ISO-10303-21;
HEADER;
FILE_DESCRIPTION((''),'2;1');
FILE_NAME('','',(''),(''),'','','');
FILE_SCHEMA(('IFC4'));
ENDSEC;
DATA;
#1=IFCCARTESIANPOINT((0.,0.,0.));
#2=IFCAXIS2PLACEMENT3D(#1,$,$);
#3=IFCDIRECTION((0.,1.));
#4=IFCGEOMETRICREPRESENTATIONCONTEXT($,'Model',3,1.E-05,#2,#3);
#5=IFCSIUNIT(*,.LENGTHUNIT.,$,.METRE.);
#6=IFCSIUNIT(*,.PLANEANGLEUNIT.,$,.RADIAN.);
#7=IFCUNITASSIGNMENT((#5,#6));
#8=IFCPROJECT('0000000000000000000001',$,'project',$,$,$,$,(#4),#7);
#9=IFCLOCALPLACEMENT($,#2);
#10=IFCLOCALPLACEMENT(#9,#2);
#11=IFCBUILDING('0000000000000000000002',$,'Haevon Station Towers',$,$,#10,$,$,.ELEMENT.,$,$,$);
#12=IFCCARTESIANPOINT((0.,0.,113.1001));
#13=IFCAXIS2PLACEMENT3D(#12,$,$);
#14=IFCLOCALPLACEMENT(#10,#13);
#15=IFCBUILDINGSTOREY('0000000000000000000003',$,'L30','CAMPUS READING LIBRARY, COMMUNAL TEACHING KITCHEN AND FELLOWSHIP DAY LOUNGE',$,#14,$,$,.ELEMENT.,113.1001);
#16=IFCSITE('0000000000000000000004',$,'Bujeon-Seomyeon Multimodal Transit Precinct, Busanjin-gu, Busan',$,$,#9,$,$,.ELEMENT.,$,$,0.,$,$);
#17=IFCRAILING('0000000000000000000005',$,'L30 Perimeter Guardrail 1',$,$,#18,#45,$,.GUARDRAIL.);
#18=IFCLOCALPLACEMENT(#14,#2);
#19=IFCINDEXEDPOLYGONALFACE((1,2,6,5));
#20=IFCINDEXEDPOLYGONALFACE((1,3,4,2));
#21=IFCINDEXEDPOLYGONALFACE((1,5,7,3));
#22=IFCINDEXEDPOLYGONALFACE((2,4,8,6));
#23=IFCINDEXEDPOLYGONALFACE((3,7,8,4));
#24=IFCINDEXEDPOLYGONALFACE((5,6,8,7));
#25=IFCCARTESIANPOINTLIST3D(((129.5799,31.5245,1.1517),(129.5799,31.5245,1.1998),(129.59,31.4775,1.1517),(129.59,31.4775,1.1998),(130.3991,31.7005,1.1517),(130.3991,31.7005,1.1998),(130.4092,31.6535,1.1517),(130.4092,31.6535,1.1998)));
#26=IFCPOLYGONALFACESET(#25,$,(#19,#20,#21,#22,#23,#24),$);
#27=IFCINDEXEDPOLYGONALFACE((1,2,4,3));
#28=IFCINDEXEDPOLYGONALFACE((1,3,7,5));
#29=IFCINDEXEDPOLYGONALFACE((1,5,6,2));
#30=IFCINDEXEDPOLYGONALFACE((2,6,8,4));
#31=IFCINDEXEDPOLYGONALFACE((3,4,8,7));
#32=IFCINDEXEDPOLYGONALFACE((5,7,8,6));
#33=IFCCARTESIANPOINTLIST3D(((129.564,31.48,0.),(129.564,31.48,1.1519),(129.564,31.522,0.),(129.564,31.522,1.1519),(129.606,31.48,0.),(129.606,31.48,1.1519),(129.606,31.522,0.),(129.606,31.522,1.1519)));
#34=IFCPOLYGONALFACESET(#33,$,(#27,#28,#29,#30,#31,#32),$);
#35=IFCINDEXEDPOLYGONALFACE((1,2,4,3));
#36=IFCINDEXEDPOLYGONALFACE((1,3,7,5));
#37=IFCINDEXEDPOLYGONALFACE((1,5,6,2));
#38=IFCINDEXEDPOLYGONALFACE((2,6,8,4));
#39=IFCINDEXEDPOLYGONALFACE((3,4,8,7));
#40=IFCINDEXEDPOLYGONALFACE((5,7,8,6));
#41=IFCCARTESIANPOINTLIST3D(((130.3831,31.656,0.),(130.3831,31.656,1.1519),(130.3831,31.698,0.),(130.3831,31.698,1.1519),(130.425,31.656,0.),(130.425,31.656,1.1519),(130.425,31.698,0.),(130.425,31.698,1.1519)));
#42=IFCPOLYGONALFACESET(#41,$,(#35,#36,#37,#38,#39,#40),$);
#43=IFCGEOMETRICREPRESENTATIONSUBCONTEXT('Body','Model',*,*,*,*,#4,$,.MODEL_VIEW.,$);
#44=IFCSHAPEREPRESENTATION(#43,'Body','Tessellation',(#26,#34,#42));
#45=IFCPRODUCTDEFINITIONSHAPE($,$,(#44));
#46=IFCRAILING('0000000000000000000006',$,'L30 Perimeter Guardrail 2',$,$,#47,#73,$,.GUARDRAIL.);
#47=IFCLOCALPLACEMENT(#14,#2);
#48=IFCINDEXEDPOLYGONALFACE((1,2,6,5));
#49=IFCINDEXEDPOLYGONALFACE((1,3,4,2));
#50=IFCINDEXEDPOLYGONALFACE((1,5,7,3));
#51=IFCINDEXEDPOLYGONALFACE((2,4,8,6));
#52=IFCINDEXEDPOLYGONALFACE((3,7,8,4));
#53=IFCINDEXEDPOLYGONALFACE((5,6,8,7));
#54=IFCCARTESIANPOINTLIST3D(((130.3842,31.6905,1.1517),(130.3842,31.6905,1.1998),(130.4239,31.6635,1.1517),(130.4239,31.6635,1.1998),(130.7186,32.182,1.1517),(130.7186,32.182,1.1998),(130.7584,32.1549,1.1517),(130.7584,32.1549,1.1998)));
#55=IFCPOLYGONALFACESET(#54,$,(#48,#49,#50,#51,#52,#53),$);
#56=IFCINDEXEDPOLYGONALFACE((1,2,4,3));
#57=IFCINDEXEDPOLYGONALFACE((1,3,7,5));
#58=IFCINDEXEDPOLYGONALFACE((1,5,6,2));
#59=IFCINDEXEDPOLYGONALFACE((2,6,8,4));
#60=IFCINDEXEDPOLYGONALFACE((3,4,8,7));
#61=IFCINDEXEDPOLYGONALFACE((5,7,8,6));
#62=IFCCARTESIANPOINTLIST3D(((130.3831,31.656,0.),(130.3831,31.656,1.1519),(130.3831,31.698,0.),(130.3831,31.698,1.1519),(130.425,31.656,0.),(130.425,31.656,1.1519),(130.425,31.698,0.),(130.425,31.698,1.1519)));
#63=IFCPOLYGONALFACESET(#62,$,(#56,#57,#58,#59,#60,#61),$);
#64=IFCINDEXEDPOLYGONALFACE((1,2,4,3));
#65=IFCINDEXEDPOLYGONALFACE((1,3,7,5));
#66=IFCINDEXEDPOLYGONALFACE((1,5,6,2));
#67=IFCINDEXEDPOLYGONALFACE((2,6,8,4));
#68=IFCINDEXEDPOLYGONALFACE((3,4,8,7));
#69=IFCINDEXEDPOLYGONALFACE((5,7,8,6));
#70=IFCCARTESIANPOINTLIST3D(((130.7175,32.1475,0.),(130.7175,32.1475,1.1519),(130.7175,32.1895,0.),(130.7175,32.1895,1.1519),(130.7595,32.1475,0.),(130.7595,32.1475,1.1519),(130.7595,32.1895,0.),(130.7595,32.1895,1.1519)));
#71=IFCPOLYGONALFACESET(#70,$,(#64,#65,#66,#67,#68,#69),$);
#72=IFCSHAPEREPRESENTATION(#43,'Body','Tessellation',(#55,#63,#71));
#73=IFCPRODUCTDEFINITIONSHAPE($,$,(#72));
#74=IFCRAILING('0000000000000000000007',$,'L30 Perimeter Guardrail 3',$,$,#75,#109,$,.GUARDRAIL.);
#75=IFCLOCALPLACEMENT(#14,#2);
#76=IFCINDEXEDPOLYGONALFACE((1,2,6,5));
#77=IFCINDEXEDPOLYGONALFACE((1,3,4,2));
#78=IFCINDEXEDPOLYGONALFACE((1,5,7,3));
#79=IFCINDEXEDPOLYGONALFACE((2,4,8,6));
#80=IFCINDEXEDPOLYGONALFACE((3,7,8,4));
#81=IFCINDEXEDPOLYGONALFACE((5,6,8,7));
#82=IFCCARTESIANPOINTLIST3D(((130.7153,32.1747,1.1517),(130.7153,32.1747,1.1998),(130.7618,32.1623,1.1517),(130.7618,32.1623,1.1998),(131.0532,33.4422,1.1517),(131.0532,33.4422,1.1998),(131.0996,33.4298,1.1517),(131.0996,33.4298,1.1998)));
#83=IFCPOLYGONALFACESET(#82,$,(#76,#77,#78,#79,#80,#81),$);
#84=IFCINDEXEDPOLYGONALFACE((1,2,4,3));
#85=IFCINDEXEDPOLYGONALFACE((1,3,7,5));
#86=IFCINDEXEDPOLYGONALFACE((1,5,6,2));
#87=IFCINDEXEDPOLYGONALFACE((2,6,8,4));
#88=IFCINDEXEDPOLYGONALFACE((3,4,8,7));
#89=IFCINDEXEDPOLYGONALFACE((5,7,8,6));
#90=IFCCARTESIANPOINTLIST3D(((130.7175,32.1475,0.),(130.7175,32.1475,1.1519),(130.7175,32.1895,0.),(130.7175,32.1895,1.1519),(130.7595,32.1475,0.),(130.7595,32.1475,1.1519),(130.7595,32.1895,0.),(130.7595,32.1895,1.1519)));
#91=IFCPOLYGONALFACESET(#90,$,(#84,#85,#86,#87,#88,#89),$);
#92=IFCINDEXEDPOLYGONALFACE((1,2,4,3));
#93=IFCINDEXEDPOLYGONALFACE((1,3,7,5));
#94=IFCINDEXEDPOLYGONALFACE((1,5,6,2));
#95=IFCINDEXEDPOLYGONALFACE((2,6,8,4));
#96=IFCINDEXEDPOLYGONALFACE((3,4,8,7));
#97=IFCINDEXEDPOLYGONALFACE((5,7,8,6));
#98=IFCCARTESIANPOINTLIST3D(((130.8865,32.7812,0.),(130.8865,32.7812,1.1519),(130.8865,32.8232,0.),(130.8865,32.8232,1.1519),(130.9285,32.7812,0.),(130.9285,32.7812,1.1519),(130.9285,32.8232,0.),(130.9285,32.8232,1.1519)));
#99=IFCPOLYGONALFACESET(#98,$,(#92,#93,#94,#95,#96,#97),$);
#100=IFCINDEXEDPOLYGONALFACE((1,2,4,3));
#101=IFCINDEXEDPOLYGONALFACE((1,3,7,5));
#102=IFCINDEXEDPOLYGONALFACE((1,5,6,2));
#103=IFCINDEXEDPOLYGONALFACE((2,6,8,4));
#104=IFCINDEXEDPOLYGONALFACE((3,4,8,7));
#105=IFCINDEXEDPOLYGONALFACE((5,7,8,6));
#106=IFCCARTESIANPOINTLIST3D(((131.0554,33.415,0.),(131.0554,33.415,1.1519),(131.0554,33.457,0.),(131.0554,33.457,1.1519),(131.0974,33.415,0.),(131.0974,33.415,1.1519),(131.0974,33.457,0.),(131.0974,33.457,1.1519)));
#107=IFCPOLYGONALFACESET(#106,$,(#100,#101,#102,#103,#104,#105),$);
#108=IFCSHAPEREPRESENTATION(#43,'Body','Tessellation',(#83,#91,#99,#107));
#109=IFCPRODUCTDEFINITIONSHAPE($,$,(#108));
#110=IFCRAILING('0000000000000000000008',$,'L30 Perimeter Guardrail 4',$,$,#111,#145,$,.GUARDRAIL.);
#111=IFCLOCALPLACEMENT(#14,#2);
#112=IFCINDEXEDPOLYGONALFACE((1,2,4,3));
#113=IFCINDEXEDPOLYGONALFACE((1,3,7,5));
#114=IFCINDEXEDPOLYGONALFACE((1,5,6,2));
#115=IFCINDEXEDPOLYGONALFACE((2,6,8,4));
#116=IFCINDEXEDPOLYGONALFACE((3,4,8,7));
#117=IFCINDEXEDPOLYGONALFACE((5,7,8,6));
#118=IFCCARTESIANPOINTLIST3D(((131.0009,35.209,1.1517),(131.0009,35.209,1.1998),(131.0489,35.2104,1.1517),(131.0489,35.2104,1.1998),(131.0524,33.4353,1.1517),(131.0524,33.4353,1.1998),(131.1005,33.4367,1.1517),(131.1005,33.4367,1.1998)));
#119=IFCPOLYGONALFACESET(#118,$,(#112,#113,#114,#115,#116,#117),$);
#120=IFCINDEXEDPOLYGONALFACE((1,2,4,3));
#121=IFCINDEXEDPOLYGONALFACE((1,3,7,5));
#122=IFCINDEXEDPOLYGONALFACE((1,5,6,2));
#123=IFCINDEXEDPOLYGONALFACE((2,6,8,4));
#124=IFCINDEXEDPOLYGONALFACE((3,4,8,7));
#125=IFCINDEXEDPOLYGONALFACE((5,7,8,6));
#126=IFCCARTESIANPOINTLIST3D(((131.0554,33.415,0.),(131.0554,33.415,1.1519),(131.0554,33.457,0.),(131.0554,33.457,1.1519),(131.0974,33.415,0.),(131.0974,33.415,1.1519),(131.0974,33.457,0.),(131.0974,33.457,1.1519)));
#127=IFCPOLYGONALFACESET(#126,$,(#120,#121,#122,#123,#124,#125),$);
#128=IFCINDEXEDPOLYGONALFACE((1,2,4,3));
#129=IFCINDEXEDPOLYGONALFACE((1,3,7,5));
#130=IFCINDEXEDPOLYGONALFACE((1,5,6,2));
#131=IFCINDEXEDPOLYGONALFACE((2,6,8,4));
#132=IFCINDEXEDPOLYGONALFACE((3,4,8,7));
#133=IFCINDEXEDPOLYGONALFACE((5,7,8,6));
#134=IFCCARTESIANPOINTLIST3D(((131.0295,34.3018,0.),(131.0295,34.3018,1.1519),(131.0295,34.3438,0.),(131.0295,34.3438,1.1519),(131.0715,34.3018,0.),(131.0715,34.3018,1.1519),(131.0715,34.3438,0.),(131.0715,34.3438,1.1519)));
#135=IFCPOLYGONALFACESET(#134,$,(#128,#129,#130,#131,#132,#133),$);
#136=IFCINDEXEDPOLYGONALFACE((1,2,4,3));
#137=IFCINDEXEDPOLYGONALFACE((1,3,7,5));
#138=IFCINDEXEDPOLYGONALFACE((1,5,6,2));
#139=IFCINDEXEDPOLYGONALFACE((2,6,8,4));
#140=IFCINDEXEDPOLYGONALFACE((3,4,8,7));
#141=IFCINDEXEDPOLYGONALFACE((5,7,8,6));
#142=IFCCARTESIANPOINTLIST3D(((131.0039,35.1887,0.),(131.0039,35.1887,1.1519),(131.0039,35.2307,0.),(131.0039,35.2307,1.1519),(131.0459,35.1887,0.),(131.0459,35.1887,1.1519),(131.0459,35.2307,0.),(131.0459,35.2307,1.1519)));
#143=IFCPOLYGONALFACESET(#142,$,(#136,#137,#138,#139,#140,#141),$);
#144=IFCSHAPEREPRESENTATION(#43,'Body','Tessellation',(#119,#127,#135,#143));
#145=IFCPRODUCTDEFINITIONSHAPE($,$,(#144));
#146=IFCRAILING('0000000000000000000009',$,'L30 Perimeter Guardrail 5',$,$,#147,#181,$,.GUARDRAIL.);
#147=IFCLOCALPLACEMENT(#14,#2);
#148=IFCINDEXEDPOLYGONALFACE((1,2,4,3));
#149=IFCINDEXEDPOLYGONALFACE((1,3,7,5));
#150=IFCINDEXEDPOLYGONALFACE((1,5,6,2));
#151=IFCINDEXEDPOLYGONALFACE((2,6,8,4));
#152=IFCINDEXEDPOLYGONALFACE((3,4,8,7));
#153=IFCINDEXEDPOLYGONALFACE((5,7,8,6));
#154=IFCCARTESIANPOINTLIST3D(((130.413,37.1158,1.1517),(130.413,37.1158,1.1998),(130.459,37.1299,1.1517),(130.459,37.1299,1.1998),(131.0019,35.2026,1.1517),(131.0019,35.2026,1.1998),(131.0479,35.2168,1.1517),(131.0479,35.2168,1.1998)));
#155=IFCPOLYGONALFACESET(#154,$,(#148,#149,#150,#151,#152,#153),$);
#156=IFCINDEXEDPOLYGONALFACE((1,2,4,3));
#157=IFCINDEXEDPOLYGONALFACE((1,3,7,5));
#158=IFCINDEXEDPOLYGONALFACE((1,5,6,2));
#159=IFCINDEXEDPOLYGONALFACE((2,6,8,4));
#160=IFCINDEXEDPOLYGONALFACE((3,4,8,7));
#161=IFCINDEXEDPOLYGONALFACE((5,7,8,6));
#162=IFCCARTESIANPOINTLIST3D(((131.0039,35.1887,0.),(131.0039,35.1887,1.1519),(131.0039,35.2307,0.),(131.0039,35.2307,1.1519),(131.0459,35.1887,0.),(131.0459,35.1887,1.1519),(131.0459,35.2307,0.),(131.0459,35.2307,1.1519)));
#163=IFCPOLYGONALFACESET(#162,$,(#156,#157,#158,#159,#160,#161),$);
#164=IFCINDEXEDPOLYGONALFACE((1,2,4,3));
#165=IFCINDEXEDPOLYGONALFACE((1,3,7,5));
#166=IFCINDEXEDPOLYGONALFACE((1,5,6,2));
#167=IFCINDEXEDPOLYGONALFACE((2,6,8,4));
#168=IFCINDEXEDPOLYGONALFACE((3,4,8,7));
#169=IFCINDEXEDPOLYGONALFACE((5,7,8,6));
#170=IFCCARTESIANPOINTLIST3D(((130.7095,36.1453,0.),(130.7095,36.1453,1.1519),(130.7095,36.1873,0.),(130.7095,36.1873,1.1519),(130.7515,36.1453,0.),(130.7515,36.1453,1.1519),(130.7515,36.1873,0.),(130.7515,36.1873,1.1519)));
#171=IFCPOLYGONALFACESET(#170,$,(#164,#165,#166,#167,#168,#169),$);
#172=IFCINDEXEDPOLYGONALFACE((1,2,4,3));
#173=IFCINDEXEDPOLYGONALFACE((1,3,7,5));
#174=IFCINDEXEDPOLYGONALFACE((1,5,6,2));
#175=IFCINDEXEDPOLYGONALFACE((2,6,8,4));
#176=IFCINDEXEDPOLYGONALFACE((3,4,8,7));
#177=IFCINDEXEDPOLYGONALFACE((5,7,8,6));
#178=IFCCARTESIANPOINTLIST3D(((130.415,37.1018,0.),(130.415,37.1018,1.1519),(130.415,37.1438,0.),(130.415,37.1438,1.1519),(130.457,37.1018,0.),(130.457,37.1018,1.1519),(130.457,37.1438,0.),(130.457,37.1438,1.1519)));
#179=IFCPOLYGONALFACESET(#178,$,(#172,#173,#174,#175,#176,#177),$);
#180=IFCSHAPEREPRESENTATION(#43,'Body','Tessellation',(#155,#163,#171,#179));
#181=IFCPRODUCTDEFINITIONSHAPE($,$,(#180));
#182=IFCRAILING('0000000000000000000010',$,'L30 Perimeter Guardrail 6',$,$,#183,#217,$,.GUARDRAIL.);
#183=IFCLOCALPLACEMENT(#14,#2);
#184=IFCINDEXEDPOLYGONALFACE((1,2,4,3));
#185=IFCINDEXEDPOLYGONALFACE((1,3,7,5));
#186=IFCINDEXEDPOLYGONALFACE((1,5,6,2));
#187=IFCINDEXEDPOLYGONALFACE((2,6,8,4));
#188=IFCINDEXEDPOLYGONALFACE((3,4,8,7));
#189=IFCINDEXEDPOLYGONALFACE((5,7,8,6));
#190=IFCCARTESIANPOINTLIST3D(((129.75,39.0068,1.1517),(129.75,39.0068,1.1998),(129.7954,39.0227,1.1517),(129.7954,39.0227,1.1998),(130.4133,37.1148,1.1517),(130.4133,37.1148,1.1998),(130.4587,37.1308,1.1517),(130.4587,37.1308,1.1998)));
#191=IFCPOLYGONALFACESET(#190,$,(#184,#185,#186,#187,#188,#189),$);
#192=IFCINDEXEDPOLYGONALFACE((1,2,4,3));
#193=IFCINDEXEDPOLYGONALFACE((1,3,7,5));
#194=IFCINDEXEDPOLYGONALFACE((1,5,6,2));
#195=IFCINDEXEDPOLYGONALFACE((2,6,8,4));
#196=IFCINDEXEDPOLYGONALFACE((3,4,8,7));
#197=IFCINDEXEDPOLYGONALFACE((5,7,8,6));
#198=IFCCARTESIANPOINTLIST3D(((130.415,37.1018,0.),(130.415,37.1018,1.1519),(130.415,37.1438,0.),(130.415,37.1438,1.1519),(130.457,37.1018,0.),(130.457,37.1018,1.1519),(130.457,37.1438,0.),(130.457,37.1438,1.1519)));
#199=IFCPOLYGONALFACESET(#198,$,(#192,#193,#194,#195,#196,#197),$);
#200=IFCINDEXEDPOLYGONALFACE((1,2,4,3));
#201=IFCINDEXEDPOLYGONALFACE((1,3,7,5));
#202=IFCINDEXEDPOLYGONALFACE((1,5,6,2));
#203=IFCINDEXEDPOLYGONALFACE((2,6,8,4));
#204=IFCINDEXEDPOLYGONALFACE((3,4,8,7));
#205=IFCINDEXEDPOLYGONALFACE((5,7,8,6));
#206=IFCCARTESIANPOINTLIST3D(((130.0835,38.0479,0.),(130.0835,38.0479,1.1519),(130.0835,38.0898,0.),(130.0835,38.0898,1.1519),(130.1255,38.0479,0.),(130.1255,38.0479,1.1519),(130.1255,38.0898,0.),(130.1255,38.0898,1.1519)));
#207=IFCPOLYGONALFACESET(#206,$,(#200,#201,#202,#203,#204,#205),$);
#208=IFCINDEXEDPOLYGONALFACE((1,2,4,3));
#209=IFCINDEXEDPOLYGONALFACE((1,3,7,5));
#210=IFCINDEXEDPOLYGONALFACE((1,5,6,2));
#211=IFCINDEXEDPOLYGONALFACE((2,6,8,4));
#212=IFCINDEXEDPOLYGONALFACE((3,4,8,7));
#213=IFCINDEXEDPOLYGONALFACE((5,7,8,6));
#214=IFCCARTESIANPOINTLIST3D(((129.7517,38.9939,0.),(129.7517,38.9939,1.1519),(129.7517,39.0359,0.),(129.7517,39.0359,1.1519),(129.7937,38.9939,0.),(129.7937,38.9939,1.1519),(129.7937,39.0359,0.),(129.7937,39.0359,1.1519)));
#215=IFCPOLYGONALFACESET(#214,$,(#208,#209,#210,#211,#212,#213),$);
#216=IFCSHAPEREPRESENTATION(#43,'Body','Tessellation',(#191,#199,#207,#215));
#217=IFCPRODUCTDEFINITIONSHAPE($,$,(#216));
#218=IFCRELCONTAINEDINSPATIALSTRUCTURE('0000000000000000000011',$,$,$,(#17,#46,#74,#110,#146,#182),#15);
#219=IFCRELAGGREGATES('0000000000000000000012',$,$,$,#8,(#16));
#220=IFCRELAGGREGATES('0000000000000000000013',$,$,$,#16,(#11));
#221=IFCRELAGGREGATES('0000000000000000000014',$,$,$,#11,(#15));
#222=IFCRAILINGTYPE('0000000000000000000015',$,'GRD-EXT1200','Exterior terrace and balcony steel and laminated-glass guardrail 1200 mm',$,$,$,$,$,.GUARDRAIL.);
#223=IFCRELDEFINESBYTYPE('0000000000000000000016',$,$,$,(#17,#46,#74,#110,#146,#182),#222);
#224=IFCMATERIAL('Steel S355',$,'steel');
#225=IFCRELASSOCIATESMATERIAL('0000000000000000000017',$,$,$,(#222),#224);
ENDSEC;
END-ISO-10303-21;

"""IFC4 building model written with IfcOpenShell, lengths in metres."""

from ifc_helpers import new_model, si_unit, direction, frame, origin, origin_2d, place, context, subcontext, project, spatial, rectangle, extrude, material, type_object, element, save


model = new_model("IFC4")

# Units and contexts
model_context = context("Model", 3, precision=1e-05, world=origin(), true_north=direction((0.0, 1.0)))
body_context = subcontext(model_context, "Body", "Model", "MODEL_VIEW")
ifc_project = project(units=[si_unit("LENGTHUNIT", "METRE"), si_unit("PLANEANGLEUNIT", "RADIAN")], contexts=[model_context])

# Site, building, storey
site_placement = place(None, origin())
site = spatial("IfcSite", under=ifc_project, at=site_placement, Name="Bujeon-Seomyeon Multimodal Transit Precinct, Busanjin-gu, Busan", CompositionType="ELEMENT", RefElevation=0.0)
building_placement = place(site_placement, origin())
building = spatial("IfcBuilding", under=site, at=building_placement, Name="Haevon Station Towers", CompositionType="ELEMENT")
storey_placement = place(building_placement, frame((0.0, 0.0, 113.1001)))
storey = spatial("IfcBuildingStorey", under=building, at=storey_placement, Name="L30", Description="CAMPUS READING LIBRARY, COMMUNAL TEACHING KITCHEN AND FELLOWSHIP DAY LOUNGE", CompositionType="ELEMENT", Elevation=113.1001)

# Shared definitions
ifc_material_1 = material(Name="Steel S355", Category="steel")

# Railings
railing_type = type_object("IfcRailingType", Name="GRD-EXT1200", Description="Exterior terrace and balcony steel and laminated-glass guardrail 1200 mm", PredefinedType="GUARDRAIL", material=ifc_material_1)
railing_1_placement = place(storey_placement, frame((129.585, 31.501, 0.0)))
element("IfcRailing", 1, at=railing_1_placement, inside=storey, type_object=railing_type, Name="L30 Perimeter Guardrail 1", PredefinedType="GUARDRAIL", context=body_context, shape_type="SweptSolid", body=[
    extrude(rectangle(XDim=0.0481, YDim=0.0481, at=origin_2d()), frame((0.0, 0.0, 1.1758), z_axis=(0.977679, 0.210106, 0.0), x_axis=(-0.210106, 0.977679, 0.0)), (0.0, 0.0, 1.0), 0.8379),
    extrude(rectangle(XDim=0.042, YDim=0.042, at=origin_2d()), origin(), (0.0, 0.0, 1.0), 1.1519),
    extrude(rectangle(XDim=0.042, YDim=0.042, at=origin_2d()), frame((0.8191, 0.176, 0.0)), (0.0, 0.0, 1.0), 1.1519),
])
railing_2_placement = place(storey_placement, frame((130.4041, 31.677, 0.0)))
element("IfcRailing", 2, at=railing_2_placement, inside=storey, type_object=railing_type, Name="L30 Perimeter Guardrail 2", PredefinedType="GUARDRAIL", context=body_context, shape_type="SweptSolid", body=[
    extrude(rectangle(XDim=0.0481, YDim=0.0481, at=origin_2d()), frame((0.0, 0.0, 1.1758), z_axis=(0.562636, 0.826705, 0.0), x_axis=(-0.826705, 0.562636, 0.0)), (0.0, 0.0, 1.0), 0.5945),
    extrude(rectangle(XDim=0.042, YDim=0.042, at=origin_2d()), origin(), (0.0, 0.0, 1.0), 1.1519),
    extrude(rectangle(XDim=0.042, YDim=0.042, at=origin_2d()), frame((0.3345, 0.4915, 0.0)), (0.0, 0.0, 1.0), 1.1519),
])
railing_3_placement = place(storey_placement, frame((130.7385, 32.1685, 0.0)))
element("IfcRailing", 3, at=railing_3_placement, inside=storey, type_object=railing_type, Name="L30 Perimeter Guardrail 3", PredefinedType="GUARDRAIL", context=body_context, shape_type="SweptSolid", body=[
    extrude(rectangle(XDim=0.0481, YDim=0.0481, at=origin_2d()), frame((0.0, 0.0, 1.1758), z_axis=(0.25757, 0.96626, 0.0), x_axis=(-0.96626, 0.25757, 0.0)), (0.0, 0.0, 1.0), 1.3118),
    extrude(rectangle(XDim=0.042, YDim=0.042, at=origin_2d()), origin(), (0.0, 0.0, 1.0), 1.1519),
    extrude(rectangle(XDim=0.042, YDim=0.042, at=origin_2d()), frame((0.1689, 0.6338, 0.0)), (0.0, 0.0, 1.0), 1.1519),
    extrude(rectangle(XDim=0.042, YDim=0.042, at=origin_2d()), frame((0.3379, 1.2676, 0.0)), (0.0, 0.0, 1.0), 1.1519),
])
railing_4_placement = place(storey_placement, frame((131.0764, 33.436, 0.0)))
element("IfcRailing", 4, at=railing_4_placement, inside=storey, type_object=railing_type, Name="L30 Perimeter Guardrail 4", PredefinedType="GUARDRAIL", context=body_context, shape_type="SweptSolid", body=[
    extrude(rectangle(XDim=0.0481, YDim=0.0481, at=origin_2d()), frame((0.0, 0.0, 1.1758), z_axis=(-0.029031, 0.999579, 0.0), x_axis=(-0.999579, -0.029031, 0.0)), (0.0, 0.0, 1.0), 1.7744),
    extrude(rectangle(XDim=0.042, YDim=0.042, at=origin_2d()), origin(), (0.0, 0.0, 1.0), 1.1519),
    extrude(rectangle(XDim=0.042, YDim=0.042, at=origin_2d()), frame((-0.0259, 0.8867, 0.0)), (0.0, 0.0, 1.0), 1.1519),
    extrude(rectangle(XDim=0.042, YDim=0.042, at=origin_2d()), frame((-0.0515, 1.7737, 0.0)), (0.0, 0.0, 1.0), 1.1519),
])
railing_5_placement = place(storey_placement, frame((131.0249, 35.2097, 0.0)))
element("IfcRailing", 5, at=railing_5_placement, inside=storey, type_object=railing_type, Name="L30 Perimeter Guardrail 5", PredefinedType="GUARDRAIL", context=body_context, shape_type="SweptSolid", body=[
    extrude(rectangle(XDim=0.0481, YDim=0.0481, at=origin_2d()), frame((0.0, 0.0, 1.1758), z_axis=(-0.294189, 0.955747, 0.0), x_axis=(-0.955747, -0.294189, 0.0)), (0.0, 0.0, 1.0), 2.0017),
    extrude(rectangle(XDim=0.042, YDim=0.042, at=origin_2d()), origin(), (0.0, 0.0, 1.0), 1.1519),
    extrude(rectangle(XDim=0.042, YDim=0.042, at=origin_2d()), frame((-0.2944, 0.9565, 0.0)), (0.0, 0.0, 1.0), 1.1519),
    extrude(rectangle(XDim=0.042, YDim=0.042, at=origin_2d()), frame((-0.5889, 1.9131, 0.0)), (0.0, 0.0, 1.0), 1.1519),
])
railing_6_placement = place(storey_placement, frame((130.436, 37.1228, 0.0)))
element("IfcRailing", 6, at=railing_6_placement, inside=storey, type_object=railing_type, Name="L30 Perimeter Guardrail 6", PredefinedType="GUARDRAIL", context=body_context, shape_type="SweptSolid", body=[
    extrude(rectangle(XDim=0.0481, YDim=0.0481, at=origin_2d()), frame((0.0, 0.0, 1.1758), z_axis=(-0.330839, 0.943687, 0.0), x_axis=(-0.943687, -0.330839, 0.0)), (0.0, 0.0, 1.0), 2.0049),
    extrude(rectangle(XDim=0.042, YDim=0.042, at=origin_2d()), origin(), (0.0, 0.0, 1.0), 1.1519),
    extrude(rectangle(XDim=0.042, YDim=0.042, at=origin_2d()), frame((-0.3315, 0.946, 0.0)), (0.0, 0.0, 1.0), 1.1519),
    extrude(rectangle(XDim=0.042, YDim=0.042, at=origin_2d()), frame((-0.6633, 1.8921, 0.0)), (0.0, 0.0, 1.0), 1.1519),
])

save(model, "model.ifc")
